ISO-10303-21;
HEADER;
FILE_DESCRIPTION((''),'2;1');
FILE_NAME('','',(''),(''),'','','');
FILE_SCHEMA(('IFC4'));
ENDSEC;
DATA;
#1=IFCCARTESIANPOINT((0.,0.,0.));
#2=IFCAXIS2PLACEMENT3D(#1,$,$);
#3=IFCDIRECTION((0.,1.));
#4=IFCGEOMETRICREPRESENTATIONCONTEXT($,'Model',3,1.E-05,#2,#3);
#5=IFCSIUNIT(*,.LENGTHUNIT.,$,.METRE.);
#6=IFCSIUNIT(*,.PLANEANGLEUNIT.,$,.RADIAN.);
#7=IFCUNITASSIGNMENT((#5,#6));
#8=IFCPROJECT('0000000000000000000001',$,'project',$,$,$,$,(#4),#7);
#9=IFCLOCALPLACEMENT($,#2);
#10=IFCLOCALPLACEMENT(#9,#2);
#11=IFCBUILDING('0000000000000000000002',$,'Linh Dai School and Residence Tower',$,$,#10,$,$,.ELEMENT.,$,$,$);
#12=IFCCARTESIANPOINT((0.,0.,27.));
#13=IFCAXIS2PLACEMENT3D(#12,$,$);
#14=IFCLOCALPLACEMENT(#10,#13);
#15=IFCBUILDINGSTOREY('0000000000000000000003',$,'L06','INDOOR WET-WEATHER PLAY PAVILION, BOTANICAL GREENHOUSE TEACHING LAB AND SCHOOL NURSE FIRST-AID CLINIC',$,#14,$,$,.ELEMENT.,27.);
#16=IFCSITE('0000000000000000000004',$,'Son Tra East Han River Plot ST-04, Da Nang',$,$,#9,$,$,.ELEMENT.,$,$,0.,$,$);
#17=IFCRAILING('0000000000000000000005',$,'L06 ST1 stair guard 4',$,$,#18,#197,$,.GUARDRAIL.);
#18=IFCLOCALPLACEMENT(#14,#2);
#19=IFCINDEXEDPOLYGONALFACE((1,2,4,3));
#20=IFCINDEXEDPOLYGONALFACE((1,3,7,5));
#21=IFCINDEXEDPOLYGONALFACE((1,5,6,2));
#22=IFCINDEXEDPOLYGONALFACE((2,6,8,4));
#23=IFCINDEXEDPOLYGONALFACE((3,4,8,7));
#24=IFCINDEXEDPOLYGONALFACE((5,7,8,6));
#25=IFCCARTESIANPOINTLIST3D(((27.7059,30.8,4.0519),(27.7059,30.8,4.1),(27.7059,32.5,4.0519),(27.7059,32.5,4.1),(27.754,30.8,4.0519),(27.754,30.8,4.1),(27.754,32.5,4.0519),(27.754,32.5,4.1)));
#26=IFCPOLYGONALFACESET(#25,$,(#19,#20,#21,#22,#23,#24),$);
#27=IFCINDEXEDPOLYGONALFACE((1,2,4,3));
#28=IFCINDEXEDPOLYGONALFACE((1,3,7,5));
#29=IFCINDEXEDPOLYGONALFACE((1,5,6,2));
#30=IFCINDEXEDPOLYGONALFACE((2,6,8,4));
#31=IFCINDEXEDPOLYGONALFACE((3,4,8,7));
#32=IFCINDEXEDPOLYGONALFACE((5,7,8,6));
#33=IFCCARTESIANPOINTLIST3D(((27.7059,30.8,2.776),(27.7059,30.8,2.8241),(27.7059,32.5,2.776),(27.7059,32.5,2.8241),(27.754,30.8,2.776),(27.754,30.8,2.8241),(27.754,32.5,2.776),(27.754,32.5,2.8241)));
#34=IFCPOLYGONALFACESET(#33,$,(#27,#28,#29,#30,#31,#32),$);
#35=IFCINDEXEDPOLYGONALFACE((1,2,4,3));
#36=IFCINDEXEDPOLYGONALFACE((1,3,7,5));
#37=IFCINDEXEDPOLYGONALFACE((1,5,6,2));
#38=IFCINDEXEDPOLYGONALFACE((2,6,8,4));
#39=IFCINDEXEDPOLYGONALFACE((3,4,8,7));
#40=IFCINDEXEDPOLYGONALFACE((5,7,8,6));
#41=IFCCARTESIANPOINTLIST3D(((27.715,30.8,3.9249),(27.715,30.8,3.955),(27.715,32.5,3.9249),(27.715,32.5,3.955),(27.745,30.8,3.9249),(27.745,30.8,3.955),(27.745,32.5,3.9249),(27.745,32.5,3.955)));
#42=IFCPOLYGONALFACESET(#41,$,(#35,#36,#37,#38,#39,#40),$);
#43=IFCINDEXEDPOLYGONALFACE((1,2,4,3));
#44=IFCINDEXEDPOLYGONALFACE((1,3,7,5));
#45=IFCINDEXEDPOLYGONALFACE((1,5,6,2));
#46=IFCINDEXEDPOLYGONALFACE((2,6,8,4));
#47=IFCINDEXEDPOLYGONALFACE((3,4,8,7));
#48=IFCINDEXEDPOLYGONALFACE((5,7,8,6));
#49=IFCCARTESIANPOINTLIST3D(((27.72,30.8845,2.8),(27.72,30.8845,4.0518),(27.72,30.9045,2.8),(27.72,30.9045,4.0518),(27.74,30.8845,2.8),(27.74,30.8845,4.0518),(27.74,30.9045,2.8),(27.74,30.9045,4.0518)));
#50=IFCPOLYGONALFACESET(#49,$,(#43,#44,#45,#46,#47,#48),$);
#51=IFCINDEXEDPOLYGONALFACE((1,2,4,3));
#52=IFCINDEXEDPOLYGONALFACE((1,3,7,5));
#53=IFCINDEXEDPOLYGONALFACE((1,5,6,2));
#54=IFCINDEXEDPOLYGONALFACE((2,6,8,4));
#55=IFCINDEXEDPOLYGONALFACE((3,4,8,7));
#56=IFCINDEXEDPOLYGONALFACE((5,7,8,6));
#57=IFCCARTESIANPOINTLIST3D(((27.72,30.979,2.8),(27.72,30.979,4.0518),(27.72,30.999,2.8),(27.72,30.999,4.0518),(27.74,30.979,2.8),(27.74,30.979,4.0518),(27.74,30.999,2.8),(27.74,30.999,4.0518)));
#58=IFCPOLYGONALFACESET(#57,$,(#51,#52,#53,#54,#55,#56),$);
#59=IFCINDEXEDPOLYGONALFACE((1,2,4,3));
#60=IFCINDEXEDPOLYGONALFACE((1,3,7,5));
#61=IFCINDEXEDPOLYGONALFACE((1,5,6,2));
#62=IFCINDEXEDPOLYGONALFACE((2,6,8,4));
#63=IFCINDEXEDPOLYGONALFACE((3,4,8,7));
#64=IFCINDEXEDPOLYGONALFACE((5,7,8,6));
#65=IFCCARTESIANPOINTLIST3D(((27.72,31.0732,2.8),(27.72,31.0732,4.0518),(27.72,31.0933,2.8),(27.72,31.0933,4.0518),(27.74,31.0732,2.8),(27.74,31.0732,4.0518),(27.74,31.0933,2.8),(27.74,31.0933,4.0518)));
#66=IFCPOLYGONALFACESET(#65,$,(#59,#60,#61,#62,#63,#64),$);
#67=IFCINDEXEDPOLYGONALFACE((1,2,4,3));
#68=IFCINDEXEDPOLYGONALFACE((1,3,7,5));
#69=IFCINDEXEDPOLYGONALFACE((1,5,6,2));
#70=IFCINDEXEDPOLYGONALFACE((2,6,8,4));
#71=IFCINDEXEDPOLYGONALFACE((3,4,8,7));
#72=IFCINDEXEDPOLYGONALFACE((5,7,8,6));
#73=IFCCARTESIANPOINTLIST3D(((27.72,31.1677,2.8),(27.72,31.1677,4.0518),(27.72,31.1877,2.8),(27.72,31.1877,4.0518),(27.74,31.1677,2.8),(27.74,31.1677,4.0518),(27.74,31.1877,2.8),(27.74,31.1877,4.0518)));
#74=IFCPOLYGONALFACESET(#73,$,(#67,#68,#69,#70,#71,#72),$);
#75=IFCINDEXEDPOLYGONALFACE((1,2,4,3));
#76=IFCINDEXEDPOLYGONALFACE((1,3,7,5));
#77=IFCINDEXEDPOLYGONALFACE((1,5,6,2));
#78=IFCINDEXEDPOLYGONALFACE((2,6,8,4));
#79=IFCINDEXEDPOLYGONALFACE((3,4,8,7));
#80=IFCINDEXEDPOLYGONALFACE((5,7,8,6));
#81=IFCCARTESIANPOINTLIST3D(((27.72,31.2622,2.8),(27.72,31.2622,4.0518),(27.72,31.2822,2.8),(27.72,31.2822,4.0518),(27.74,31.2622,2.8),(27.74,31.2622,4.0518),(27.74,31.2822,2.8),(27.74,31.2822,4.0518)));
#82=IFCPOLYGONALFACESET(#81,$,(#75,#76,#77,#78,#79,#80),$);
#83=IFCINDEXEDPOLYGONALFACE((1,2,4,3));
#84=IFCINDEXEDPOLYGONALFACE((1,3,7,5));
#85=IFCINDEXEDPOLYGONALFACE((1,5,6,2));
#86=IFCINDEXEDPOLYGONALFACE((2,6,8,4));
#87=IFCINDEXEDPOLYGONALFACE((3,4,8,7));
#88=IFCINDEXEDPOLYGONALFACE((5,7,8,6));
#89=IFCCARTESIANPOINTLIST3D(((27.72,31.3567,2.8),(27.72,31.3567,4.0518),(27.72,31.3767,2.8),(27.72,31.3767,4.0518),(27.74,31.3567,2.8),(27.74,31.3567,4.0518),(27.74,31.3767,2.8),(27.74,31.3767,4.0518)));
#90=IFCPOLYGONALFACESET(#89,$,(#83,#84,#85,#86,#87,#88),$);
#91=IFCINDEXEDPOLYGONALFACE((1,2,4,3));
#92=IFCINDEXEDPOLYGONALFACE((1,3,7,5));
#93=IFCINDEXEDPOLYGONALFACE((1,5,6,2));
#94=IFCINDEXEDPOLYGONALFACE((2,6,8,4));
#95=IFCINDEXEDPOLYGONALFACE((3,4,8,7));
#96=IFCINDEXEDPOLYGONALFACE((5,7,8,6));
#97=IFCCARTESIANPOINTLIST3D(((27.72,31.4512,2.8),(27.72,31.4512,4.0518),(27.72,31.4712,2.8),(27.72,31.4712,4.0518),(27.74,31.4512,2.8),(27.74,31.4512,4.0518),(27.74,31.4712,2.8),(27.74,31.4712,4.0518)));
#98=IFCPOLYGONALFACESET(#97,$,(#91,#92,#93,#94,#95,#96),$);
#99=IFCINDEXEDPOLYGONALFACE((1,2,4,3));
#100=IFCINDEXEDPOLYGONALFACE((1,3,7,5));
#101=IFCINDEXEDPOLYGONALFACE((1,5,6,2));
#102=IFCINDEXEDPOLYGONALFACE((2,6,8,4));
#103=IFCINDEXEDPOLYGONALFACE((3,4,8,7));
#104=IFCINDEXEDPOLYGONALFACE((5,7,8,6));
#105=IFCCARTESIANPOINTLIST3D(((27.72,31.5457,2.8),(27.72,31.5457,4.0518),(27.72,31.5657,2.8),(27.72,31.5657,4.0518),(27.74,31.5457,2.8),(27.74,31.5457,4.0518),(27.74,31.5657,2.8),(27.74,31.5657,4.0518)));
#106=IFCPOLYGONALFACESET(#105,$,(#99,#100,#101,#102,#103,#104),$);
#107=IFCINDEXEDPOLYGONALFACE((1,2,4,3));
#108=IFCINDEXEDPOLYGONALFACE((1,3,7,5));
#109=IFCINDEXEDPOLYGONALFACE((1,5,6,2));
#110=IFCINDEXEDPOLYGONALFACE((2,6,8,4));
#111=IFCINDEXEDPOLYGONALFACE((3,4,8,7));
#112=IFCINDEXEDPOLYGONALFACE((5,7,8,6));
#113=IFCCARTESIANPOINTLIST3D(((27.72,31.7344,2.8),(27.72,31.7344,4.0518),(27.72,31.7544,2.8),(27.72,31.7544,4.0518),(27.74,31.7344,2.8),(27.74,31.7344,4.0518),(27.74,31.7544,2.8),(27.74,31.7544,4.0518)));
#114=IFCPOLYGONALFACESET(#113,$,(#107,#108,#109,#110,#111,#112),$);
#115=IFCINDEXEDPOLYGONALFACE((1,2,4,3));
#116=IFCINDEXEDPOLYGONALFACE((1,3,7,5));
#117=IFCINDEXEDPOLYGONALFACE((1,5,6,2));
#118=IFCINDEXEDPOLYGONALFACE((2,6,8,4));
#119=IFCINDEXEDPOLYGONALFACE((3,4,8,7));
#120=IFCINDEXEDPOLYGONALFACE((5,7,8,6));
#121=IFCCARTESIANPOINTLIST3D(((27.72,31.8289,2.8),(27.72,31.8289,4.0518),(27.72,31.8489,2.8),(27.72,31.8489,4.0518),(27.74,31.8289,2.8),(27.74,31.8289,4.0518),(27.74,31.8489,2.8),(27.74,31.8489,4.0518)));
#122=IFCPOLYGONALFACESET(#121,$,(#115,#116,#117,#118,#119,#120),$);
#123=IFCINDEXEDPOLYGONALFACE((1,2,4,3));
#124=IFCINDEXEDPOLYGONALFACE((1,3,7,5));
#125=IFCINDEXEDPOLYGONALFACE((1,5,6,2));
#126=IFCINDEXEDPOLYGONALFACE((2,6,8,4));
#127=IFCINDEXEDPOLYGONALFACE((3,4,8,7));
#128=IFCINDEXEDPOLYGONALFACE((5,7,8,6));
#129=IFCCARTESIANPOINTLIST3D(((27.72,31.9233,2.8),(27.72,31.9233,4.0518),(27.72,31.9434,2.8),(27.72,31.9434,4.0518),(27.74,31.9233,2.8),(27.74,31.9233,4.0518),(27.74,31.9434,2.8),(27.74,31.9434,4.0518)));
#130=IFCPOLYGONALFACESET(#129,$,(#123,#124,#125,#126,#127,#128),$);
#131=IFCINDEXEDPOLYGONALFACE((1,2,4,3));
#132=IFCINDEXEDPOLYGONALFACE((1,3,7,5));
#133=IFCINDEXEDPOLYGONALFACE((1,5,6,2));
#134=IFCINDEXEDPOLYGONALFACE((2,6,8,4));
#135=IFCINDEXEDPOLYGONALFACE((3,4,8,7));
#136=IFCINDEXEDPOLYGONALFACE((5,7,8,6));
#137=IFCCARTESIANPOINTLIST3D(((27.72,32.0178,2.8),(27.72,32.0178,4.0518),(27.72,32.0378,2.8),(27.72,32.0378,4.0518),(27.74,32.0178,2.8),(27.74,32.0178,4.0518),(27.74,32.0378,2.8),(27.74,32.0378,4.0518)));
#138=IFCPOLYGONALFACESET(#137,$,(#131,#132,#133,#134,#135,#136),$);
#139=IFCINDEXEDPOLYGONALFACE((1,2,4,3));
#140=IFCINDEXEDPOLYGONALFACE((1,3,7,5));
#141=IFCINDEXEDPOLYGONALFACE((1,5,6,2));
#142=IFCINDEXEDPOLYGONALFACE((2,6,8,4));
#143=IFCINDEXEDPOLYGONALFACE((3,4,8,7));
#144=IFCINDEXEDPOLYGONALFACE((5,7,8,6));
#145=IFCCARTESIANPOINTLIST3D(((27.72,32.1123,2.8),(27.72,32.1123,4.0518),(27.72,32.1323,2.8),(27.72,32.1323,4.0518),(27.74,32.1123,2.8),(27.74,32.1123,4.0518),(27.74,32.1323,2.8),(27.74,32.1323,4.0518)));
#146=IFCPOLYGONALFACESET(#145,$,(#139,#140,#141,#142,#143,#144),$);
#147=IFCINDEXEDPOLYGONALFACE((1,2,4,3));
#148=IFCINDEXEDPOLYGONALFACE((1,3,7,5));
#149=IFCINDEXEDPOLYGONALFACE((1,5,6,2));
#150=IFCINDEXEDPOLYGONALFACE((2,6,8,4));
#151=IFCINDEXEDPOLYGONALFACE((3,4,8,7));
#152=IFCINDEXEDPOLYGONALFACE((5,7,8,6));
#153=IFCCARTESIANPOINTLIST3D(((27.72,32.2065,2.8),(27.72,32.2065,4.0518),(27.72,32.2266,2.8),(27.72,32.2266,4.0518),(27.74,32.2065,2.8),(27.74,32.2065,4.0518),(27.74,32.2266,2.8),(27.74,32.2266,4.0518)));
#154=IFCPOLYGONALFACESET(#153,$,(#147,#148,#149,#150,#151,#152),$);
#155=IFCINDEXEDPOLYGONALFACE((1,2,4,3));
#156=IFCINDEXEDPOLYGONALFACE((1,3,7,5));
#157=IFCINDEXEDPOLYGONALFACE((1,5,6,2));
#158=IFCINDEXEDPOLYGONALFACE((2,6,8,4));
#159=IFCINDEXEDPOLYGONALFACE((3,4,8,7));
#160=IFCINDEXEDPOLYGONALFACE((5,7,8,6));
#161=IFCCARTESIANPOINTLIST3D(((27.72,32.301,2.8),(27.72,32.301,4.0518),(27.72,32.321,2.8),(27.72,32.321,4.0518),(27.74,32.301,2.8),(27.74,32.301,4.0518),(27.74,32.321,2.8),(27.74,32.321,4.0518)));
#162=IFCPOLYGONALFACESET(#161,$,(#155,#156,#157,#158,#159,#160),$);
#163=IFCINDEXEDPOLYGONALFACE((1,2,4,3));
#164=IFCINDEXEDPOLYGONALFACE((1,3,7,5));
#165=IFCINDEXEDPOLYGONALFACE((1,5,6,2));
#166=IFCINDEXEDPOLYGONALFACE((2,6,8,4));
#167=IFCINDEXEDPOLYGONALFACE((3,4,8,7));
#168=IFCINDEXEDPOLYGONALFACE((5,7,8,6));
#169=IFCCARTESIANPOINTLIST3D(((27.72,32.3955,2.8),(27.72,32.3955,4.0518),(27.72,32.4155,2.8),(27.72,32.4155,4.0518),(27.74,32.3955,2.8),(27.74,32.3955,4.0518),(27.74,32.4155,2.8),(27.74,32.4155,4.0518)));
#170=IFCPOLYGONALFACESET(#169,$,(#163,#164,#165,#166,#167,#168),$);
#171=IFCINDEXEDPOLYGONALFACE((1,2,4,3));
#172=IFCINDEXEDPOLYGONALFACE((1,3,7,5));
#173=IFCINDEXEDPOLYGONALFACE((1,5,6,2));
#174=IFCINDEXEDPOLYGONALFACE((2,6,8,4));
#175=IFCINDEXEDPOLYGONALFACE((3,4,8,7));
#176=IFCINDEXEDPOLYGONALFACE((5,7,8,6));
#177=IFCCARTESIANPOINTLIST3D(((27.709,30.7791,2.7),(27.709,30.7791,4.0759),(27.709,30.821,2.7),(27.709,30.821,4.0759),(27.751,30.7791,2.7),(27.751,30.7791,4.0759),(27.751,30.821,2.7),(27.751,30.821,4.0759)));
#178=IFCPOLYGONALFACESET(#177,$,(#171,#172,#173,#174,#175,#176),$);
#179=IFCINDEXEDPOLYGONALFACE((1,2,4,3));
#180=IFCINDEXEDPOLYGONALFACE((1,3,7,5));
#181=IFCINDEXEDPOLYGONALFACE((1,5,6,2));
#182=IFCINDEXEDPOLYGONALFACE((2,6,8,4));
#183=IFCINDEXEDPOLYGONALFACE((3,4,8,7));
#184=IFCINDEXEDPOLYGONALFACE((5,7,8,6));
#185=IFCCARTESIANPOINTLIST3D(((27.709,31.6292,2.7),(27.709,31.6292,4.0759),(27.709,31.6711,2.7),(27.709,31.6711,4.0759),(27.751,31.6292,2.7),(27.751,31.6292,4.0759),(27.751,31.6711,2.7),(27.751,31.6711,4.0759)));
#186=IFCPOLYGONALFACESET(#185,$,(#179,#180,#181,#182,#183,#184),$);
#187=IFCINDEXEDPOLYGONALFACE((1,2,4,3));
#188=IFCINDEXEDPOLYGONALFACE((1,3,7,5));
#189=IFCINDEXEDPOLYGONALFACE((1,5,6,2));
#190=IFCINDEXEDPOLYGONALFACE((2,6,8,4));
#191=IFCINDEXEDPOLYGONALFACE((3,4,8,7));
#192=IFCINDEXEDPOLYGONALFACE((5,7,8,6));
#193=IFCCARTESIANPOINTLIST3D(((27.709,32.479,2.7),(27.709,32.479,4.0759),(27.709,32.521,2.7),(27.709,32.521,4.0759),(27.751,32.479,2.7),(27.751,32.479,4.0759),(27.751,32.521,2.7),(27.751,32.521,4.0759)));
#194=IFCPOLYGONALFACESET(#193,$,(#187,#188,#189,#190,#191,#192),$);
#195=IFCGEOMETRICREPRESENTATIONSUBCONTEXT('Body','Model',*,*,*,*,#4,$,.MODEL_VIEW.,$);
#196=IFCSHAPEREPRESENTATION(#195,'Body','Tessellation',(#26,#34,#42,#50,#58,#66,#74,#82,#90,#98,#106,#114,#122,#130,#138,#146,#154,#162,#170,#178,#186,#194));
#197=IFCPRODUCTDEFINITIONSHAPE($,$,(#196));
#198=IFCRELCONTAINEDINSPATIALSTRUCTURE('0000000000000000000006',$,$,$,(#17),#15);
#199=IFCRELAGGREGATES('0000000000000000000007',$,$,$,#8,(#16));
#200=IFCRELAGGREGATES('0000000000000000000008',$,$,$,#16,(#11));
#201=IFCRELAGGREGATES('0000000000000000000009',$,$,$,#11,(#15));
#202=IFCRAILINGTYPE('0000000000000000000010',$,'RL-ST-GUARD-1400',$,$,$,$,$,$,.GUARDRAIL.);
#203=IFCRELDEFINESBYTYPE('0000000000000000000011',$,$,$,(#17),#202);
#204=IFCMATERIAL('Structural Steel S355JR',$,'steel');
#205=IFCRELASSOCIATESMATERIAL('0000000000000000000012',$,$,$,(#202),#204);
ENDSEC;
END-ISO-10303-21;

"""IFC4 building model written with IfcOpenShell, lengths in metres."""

from ifc_helpers import new_model, si_unit, direction, frame, origin, origin_2d, place, context, subcontext, project, spatial, rectangle, extrude, source, transform, mapped, material, type_object, element, save


model = new_model("IFC4")

# Units and contexts
model_context = context("Model", 3, precision=1e-05, world=origin(), true_north=direction((0.0, 1.0)))
body_context = subcontext(model_context, "Body", "Model", "MODEL_VIEW")
ifc_project = project(units=[si_unit("LENGTHUNIT", "METRE"), si_unit("PLANEANGLEUNIT", "RADIAN")], contexts=[model_context])

# Site, building, storey
site_placement = place(None, origin())
site = spatial("IfcSite", under=ifc_project, at=site_placement, Name="Son Tra East Han River Plot ST-04, Da Nang", CompositionType="ELEMENT", RefElevation=0.0)
building_placement = place(site_placement, origin())
building = spatial("IfcBuilding", under=site, at=building_placement, Name="Linh Dai School and Residence Tower", CompositionType="ELEMENT")
storey_placement = place(building_placement, frame((0.0, 0.0, 27.0)))
storey = spatial("IfcBuildingStorey", under=building, at=storey_placement, Name="L06", Description="INDOOR WET-WEATHER PLAY PAVILION, BOTANICAL GREENHOUSE TEACHING LAB AND SCHOOL NURSE FIRST-AID CLINIC", CompositionType="ELEMENT", Elevation=27.0)

# Shared definitions
ifc_material_1 = material(Name="Structural Steel S355JR", Category="steel")

# Railing
railing_type_1 = type_object("IfcRailingType", Name="RL-ST-GUARD-1400", PredefinedType="GUARDRAIL", material=ifc_material_1)
shared_shape_1 = source(origin(), body_context, "Body", "SweptSolid", [
    extrude(rectangle(XDim=0.0481, YDim=0.0481, at=origin_2d()), frame((0.0, 0.0, 1.376), z_axis=(0.0, 1.0, 0.0), x_axis=(-1.0, 0.0, 0.0)), (0.0, 0.0, 1.0), 1.7),
    extrude(rectangle(XDim=0.0481, YDim=0.0481, at=origin_2d()), frame((0.0, 0.0, 0.1001), z_axis=(0.0, 1.0, 0.0), x_axis=(-1.0, 0.0, 0.0)), (0.0, 0.0, 1.0), 1.7),
    extrude(rectangle(XDim=0.03, YDim=0.03, at=origin_2d()), frame((0.0, 0.0, 1.24), z_axis=(0.0, 1.0, 0.0), x_axis=(-1.0, 0.0, 0.0)), (0.0, 0.0, 1.0), 1.7),
    extrude(rectangle(XDim=0.02, YDim=0.02, at=origin_2d()), frame((0.0, 0.0945, 0.1001)), (0.0, 0.0, 1.0), 1.2517),
    extrude(rectangle(XDim=0.02, YDim=0.02, at=origin_2d()), frame((0.0, 0.189, 0.1001)), (0.0, 0.0, 1.0), 1.2517),
    extrude(rectangle(XDim=0.02, YDim=0.02, at=origin_2d()), frame((0.0, 0.2832, 0.1001)), (0.0, 0.0, 1.0), 1.2517),
    extrude(rectangle(XDim=0.02, YDim=0.02, at=origin_2d()), frame((0.0, 0.3777, 0.1001)), (0.0, 0.0, 1.0), 1.2517),
    extrude(rectangle(XDim=0.02, YDim=0.02, at=origin_2d()), frame((0.0, 0.4722, 0.1001)), (0.0, 0.0, 1.0), 1.2517),
    extrude(rectangle(XDim=0.02, YDim=0.02, at=origin_2d()), frame((0.0, 0.5667, 0.1001)), (0.0, 0.0, 1.0), 1.2517),
    extrude(rectangle(XDim=0.02, YDim=0.02, at=origin_2d()), frame((0.0, 0.6611, 0.1001)), (0.0, 0.0, 1.0), 1.2517),
    extrude(rectangle(XDim=0.02, YDim=0.02, at=origin_2d()), frame((0.0, 0.7556, 0.1001)), (0.0, 0.0, 1.0), 1.2517),
    extrude(rectangle(XDim=0.02, YDim=0.02, at=origin_2d()), frame((0.0, 0.9443, 0.1001)), (0.0, 0.0, 1.0), 1.2517),
    extrude(rectangle(XDim=0.02, YDim=0.02, at=origin_2d()), frame((0.0, 1.0388, 0.1001)), (0.0, 0.0, 1.0), 1.2517),
    extrude(rectangle(XDim=0.02, YDim=0.02, at=origin_2d()), frame((0.0, 1.1333, 0.1001)), (0.0, 0.0, 1.0), 1.2517),
    extrude(rectangle(XDim=0.02, YDim=0.02, at=origin_2d()), frame((0.0, 1.2278, 0.1001)), (0.0, 0.0, 1.0), 1.2517),
    extrude(rectangle(XDim=0.02, YDim=0.02, at=origin_2d()), frame((0.0, 1.3223, 0.1001)), (0.0, 0.0, 1.0), 1.2517),
    extrude(rectangle(XDim=0.02, YDim=0.02, at=origin_2d()), frame((0.0, 1.4165, 0.1001)), (0.0, 0.0, 1.0), 1.2517),
    extrude(rectangle(XDim=0.02, YDim=0.02, at=origin_2d()), frame((0.0, 1.511, 0.1001)), (0.0, 0.0, 1.0), 1.2517),
    extrude(rectangle(XDim=0.02, YDim=0.02, at=origin_2d()), frame((0.0, 1.6055, 0.1001)), (0.0, 0.0, 1.0), 1.2517),
    extrude(rectangle(XDim=0.042, YDim=0.042, at=origin_2d()), origin(), (0.0, 0.0, 1.0), 1.376),
    extrude(rectangle(XDim=0.042, YDim=0.042, at=origin_2d()), frame((0.0, 0.8501, 0.0)), (0.0, 0.0, 1.0), 1.376),
    extrude(rectangle(XDim=0.042, YDim=0.042, at=origin_2d()), frame((0.0, 1.7, 0.0)), (0.0, 0.0, 1.0), 1.376),
])
for number, where, name in (
    (1, (27.73, 30.8, 2.7), "L06 ST1 stair guard 4"),
):
    element("IfcRailing", number, at=place(storey_placement, frame(where)), inside=storey, type_object=railing_type_1, Name=name, PredefinedType="GUARDRAIL", context=body_context, shape_type="MappedRepresentation", body=[
        mapped(shared_shape_1, transform((0.0, 0.0, 0.0), x_axis=(1.0, 0.0, 0.0), y_axis=(0.0, 1.0, 0.0), z_axis=(0.0, 0.0, 1.0), scale=1.0)),
    ])

save(model, "model.ifc")
